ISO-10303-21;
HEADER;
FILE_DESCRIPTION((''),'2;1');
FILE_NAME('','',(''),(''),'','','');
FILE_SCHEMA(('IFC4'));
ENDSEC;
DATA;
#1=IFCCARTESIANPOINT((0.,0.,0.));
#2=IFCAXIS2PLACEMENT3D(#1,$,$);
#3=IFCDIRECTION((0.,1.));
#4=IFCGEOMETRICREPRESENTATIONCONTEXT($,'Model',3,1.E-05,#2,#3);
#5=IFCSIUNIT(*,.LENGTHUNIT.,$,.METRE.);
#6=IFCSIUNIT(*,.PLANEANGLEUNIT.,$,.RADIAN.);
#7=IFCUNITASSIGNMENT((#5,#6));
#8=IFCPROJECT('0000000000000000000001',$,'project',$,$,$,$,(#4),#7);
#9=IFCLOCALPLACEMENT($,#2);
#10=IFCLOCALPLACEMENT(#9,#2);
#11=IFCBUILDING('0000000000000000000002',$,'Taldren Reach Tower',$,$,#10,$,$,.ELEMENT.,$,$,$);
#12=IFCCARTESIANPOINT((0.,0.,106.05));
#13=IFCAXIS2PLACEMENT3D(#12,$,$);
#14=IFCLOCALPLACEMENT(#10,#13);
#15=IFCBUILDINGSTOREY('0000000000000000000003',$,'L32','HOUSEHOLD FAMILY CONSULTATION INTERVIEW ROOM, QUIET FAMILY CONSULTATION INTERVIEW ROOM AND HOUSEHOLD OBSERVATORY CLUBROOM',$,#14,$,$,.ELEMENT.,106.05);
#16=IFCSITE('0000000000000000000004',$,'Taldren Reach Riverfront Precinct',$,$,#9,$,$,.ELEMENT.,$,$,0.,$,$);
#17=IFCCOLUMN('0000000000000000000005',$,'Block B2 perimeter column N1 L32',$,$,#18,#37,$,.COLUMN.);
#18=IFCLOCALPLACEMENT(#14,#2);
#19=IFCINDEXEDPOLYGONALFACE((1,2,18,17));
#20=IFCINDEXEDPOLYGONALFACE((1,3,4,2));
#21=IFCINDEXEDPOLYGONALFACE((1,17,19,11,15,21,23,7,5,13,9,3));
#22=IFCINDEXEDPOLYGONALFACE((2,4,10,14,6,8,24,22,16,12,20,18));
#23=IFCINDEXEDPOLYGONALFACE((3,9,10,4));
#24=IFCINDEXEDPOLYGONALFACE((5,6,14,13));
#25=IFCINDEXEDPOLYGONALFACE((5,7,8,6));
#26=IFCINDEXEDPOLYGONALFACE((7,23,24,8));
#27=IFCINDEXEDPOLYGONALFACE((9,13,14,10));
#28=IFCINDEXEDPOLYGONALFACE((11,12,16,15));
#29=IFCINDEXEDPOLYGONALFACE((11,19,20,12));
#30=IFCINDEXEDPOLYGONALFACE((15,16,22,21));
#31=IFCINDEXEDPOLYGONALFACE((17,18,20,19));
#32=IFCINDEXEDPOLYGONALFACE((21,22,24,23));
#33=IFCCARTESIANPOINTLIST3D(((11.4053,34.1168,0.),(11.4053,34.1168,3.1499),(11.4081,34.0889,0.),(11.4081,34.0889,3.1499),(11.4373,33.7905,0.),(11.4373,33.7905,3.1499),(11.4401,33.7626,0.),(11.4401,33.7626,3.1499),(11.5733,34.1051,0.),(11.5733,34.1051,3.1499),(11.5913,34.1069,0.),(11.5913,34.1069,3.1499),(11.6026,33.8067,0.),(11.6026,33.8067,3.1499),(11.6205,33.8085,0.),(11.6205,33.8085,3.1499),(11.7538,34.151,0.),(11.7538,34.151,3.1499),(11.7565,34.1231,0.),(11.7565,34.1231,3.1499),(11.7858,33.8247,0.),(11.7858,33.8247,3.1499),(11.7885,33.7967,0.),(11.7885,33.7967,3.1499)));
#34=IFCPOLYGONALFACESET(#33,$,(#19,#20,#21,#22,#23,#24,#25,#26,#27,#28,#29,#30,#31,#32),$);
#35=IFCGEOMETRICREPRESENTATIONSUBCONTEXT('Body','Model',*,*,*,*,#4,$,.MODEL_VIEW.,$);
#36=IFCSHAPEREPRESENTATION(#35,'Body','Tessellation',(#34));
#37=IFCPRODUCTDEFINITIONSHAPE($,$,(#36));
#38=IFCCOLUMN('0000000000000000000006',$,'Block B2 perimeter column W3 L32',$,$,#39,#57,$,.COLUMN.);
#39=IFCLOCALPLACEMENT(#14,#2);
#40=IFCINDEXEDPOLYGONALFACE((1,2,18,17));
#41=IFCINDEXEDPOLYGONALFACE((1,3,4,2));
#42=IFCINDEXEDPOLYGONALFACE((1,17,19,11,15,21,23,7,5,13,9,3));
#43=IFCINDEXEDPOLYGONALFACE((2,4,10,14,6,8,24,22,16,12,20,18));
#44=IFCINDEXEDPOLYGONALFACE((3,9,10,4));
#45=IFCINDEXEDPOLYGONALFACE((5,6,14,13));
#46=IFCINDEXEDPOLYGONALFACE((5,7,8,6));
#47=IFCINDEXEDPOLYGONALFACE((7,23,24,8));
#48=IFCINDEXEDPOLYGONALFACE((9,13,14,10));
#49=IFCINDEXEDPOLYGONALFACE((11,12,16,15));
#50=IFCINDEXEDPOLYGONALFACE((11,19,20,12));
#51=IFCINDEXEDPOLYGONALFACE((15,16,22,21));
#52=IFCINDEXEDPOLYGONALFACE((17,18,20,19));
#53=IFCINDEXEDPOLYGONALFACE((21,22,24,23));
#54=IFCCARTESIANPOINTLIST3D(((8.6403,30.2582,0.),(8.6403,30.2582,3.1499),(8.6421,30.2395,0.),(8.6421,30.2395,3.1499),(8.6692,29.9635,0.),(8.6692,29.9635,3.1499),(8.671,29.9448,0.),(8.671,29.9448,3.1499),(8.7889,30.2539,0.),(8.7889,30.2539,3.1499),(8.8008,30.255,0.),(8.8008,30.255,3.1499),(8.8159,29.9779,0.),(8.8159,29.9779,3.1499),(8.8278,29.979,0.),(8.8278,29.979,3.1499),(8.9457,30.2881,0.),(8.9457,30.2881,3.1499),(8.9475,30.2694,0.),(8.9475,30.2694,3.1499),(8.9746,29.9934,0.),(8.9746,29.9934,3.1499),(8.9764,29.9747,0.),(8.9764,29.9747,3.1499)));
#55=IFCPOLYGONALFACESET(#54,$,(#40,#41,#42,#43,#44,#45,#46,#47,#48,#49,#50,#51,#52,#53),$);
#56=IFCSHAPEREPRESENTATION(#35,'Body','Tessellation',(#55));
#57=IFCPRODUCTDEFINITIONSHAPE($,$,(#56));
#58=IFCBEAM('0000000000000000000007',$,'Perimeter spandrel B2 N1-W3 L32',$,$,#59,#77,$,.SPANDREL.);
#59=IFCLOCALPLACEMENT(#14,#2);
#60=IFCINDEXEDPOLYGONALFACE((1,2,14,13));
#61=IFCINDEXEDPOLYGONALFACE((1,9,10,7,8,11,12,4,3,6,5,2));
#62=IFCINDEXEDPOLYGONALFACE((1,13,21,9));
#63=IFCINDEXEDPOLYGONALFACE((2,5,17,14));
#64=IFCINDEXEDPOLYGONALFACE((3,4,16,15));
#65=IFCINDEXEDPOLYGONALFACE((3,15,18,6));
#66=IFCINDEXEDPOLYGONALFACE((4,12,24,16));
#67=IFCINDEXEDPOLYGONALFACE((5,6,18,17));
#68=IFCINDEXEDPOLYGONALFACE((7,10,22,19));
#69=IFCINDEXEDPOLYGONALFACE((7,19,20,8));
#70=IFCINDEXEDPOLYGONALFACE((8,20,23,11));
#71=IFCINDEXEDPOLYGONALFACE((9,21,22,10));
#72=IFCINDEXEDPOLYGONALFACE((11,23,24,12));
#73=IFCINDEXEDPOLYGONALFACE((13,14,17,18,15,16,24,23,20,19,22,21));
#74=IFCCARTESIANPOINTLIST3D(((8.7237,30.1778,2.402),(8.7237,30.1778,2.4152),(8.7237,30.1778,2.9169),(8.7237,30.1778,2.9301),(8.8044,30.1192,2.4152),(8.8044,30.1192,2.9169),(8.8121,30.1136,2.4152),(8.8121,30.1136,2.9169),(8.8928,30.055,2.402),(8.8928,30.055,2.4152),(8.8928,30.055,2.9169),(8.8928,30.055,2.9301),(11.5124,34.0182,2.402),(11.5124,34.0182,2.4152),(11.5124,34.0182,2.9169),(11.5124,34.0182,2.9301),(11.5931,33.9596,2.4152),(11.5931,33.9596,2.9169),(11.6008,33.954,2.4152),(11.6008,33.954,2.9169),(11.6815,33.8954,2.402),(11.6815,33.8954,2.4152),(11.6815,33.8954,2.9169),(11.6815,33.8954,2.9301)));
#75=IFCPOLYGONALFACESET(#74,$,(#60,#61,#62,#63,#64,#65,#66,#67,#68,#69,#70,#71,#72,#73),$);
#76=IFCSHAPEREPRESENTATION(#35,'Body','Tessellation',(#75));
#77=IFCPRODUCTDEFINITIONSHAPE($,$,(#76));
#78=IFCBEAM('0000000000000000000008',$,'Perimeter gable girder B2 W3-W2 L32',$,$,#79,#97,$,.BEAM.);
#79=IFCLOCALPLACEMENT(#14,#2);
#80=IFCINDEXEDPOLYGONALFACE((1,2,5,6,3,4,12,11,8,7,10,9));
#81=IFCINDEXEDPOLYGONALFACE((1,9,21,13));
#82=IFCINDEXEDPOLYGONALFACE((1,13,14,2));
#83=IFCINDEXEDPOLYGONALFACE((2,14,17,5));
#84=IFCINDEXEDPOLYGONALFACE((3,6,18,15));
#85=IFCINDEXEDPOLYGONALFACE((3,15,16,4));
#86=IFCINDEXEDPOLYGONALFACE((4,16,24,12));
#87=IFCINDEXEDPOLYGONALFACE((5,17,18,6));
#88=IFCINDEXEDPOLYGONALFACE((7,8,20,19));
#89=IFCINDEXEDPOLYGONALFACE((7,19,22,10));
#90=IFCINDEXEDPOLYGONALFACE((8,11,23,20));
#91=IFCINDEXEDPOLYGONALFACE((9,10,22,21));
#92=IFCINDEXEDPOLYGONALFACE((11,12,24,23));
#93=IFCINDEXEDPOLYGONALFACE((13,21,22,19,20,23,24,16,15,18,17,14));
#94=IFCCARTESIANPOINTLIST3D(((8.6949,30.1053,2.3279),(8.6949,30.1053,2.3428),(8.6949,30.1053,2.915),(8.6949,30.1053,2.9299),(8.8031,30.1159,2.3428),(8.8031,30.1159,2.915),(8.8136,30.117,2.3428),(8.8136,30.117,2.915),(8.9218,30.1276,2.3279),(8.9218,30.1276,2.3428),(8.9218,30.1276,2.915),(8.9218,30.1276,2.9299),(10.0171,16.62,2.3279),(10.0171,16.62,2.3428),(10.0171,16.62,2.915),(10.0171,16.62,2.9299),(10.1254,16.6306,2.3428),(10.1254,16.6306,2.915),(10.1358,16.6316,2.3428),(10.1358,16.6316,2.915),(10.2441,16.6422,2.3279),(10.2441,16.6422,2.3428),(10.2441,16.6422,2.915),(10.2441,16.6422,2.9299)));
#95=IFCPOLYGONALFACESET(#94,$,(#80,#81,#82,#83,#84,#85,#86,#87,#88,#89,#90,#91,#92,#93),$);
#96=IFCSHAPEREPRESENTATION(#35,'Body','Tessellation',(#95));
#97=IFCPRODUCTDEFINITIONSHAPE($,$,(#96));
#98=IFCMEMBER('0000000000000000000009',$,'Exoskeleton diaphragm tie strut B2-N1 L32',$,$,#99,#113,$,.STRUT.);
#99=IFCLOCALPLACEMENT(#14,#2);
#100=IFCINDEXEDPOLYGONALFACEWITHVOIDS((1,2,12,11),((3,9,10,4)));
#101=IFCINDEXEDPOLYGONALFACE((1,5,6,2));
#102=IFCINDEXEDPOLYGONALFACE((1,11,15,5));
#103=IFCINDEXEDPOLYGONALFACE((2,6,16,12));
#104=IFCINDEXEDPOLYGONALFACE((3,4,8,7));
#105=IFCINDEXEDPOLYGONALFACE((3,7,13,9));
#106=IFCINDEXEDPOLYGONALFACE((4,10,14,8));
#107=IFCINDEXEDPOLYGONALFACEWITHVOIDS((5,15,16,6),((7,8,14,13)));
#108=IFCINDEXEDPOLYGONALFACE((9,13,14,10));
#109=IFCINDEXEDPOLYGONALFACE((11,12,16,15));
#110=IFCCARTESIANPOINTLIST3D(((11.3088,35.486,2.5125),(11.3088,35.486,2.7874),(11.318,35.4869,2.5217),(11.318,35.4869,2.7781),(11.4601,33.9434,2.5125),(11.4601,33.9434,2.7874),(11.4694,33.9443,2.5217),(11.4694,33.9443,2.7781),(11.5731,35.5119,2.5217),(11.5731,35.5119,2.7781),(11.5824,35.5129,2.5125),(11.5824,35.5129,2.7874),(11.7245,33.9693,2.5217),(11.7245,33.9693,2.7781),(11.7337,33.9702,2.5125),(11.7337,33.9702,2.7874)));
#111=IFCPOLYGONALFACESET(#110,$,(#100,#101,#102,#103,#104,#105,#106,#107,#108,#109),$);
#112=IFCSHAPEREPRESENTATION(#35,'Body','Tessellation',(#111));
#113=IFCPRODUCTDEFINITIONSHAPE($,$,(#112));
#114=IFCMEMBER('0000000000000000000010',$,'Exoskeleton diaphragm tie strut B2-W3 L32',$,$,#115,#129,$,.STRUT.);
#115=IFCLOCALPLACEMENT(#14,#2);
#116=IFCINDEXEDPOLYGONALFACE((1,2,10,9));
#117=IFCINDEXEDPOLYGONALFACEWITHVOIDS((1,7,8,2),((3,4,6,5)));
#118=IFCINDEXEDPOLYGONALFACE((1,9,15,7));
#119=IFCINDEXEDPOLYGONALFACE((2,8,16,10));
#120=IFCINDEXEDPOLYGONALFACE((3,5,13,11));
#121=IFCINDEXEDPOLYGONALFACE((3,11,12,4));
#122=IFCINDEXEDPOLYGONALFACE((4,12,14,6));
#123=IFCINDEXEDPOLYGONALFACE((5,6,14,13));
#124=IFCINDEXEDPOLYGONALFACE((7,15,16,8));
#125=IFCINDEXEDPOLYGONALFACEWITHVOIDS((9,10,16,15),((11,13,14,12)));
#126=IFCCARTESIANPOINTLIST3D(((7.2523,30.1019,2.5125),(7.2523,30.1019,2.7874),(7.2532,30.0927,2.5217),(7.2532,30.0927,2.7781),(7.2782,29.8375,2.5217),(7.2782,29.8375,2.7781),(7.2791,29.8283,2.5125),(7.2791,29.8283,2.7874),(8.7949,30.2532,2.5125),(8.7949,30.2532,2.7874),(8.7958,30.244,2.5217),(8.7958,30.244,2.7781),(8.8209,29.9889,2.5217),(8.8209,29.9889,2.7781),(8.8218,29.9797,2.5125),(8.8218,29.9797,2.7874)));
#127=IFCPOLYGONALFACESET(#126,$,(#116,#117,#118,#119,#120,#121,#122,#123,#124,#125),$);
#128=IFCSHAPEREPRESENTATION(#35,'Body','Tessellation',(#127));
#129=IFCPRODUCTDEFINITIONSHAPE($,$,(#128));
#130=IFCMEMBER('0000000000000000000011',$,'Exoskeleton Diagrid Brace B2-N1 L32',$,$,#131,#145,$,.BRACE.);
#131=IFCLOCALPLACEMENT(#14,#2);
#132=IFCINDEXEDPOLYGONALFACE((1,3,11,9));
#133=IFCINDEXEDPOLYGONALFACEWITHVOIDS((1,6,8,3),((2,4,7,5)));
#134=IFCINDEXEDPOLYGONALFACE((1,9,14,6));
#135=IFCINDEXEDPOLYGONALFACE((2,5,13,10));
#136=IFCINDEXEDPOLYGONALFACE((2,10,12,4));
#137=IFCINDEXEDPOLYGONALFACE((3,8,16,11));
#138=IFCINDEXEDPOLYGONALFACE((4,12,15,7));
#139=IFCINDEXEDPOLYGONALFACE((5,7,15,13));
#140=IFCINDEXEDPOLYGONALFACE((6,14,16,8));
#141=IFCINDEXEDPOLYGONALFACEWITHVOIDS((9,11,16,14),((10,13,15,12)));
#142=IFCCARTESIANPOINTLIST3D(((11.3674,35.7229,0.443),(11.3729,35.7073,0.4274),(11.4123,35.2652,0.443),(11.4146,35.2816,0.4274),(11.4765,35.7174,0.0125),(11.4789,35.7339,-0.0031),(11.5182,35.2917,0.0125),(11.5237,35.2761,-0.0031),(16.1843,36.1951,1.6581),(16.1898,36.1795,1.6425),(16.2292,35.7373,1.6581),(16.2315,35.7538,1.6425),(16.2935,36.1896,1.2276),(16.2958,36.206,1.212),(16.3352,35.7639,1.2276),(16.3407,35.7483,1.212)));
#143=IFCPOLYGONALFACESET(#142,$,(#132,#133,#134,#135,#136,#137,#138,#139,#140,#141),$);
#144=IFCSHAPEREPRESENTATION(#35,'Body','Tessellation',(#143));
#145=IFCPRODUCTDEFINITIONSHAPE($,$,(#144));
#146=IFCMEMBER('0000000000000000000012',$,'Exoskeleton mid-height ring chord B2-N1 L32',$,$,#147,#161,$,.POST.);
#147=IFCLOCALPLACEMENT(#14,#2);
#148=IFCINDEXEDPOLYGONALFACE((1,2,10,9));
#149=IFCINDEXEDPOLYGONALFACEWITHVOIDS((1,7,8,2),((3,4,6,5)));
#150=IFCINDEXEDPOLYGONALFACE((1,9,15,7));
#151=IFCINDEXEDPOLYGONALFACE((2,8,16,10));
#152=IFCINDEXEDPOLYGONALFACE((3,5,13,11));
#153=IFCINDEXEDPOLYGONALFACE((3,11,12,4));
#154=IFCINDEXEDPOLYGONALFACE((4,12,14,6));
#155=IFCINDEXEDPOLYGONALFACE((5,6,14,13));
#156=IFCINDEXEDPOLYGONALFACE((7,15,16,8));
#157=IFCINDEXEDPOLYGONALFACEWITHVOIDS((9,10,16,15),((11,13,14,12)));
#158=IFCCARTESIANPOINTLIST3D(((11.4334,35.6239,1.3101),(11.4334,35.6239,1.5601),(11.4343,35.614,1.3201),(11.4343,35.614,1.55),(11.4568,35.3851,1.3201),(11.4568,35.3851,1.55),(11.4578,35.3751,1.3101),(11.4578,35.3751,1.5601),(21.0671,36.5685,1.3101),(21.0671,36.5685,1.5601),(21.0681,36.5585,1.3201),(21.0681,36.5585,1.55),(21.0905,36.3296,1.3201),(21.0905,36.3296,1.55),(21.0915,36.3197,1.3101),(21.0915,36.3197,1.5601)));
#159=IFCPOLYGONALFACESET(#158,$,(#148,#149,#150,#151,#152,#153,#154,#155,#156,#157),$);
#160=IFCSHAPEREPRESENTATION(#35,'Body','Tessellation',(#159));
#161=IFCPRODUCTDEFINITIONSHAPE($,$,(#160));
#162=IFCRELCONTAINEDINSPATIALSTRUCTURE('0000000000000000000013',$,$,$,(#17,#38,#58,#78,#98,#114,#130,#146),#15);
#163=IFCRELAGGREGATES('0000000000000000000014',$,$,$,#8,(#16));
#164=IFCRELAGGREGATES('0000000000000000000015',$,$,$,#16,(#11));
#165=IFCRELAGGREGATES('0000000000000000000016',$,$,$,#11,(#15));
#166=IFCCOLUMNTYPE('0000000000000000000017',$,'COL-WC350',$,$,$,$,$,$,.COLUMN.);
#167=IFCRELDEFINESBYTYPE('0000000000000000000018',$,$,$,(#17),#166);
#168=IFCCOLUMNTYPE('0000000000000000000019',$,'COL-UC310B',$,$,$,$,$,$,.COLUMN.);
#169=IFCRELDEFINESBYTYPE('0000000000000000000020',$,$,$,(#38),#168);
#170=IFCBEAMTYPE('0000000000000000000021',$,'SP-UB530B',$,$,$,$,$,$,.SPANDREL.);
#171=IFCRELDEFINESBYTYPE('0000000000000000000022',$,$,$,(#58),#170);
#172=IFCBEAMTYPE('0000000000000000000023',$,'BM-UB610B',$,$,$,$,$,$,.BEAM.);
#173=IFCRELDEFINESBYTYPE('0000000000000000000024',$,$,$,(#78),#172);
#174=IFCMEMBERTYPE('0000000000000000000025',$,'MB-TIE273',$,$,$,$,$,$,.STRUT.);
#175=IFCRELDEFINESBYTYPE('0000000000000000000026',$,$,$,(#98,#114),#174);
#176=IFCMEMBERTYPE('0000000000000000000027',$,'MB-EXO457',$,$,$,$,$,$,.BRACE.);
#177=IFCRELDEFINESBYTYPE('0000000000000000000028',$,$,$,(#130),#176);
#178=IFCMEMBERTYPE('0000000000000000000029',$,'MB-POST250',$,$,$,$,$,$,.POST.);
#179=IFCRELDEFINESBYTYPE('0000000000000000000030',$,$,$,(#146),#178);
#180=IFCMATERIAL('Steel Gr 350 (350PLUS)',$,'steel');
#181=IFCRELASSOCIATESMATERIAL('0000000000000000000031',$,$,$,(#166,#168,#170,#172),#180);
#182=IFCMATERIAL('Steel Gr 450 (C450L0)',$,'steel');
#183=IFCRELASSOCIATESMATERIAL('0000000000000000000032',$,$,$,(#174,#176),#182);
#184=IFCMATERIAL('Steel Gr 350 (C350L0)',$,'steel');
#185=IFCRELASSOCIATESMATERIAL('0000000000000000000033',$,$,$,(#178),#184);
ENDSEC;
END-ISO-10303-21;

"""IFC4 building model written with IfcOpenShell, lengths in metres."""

from ifc_helpers import new_model, si_unit, direction, frame, origin, origin_2d, place, context, subcontext, project, spatial, hollow_rectangle, i_section, extrude, source, transform, mapped, material, material_profile, profile_set, type_object, element, save


model = new_model("IFC4")

# Units and contexts
model_context = context("Model", 3, precision=1e-05, world=origin(), true_north=direction((0.0, 1.0)))
body_context = subcontext(model_context, "Body", "Model", "MODEL_VIEW")
ifc_project = project(units=[si_unit("LENGTHUNIT", "METRE"), si_unit("PLANEANGLEUNIT", "RADIAN")], contexts=[model_context])

# Site, building, storey
site_placement = place(None, origin())
site = spatial("IfcSite", under=ifc_project, at=site_placement, Name="Taldren Reach Riverfront Precinct", CompositionType="ELEMENT", RefElevation=0.0)
building_placement = place(site_placement, origin())
building = spatial("IfcBuilding", under=site, at=building_placement, Name="Taldren Reach Tower", CompositionType="ELEMENT")
storey_placement = place(building_placement, frame((0.0, 0.0, 106.05)))
storey = spatial("IfcBuildingStorey", under=building, at=storey_placement, Name="L32", Description="HOUSEHOLD FAMILY CONSULTATION INTERVIEW ROOM, QUIET FAMILY CONSULTATION INTERVIEW ROOM AND HOUSEHOLD OBSERVATORY CLUBROOM", CompositionType="ELEMENT", Elevation=106.05)

# Columns
ifc_material_1 = material(Name="Steel Gr 350 (350PLUS)", Category="steel")
ifc_material_profile_1 = material_profile(ifc_material_1, i_section(OverallWidth=0.3501, OverallDepth=0.356, WebThickness=0.0181, FlangeThickness=0.0281, at=origin_2d()), Name="350WC197")
ifc_profile_set_1 = profile_set([ifc_material_profile_1], Name="Steel Gr 350 (350PLUS)")
column_type_1 = type_object("IfcColumnType", Name="COL-WC350", PredefinedType="COLUMN", material=ifc_profile_set_1)
shared_shape_1 = source(origin(), body_context, "Body", "SweptSolid", [
    extrude(i_section(OverallWidth=0.3501, OverallDepth=0.356, WebThickness=0.0181, FlangeThickness=0.0281, at=origin_2d()), origin(), (0.0, 0.0, 1.0), 3.1499),
])
column_1_placement = place(storey_placement, frame((11.5969, 33.9568, 0.0), z_axis=(0.0, 0.0, 1.0), x_axis=(0.995227, 0.097583, 0.0)))
element("IfcColumn", 1, at=column_1_placement, inside=storey, type_object=column_type_1, Name="Block B2 perimeter column N1 L32", PredefinedType="COLUMN", context=body_context, shape_type="MappedRepresentation", body=[
    mapped(shared_shape_1, transform((0.0, 0.0, 0.0), scale=1.0)),
])
ifc_material_profile_2 = material_profile(ifc_material_1, i_section(OverallWidth=0.3069, OverallDepth=0.3149, WebThickness=0.012, FlangeThickness=0.0188, at=origin_2d()), Name="310UC118")
ifc_profile_set_2 = profile_set([ifc_material_profile_2], Name="Steel Gr 350 (350PLUS)")
column_type_2 = type_object("IfcColumnType", Name="COL-UC310B", PredefinedType="COLUMN", material=ifc_profile_set_2)
shared_shape_2 = source(origin(), body_context, "Body", "SweptSolid", [
    extrude(i_section(OverallWidth=0.3069, OverallDepth=0.3149, WebThickness=0.012, FlangeThickness=0.0188, at=origin_2d()), origin(), (0.0, 0.0, 1.0), 3.1499),
])
column_2_placement = place(storey_placement, frame((8.8083, 30.1165, 0.0), z_axis=(0.0, 0.0, 1.0), x_axis=(0.995227, 0.097583, 0.0)))
element("IfcColumn", 2, at=column_2_placement, inside=storey, type_object=column_type_2, Name="Block B2 perimeter column W3 L32", PredefinedType="COLUMN", context=body_context, shape_type="MappedRepresentation", body=[
    mapped(shared_shape_2, transform((0.0, 0.0, 0.0), scale=1.0)),
])

# Beams
ifc_material_profile_3 = material_profile(ifc_material_1, i_section(OverallWidth=0.209, OverallDepth=0.5281, WebThickness=0.0095, FlangeThickness=0.0132, at=origin_2d()), Name="530UB82.0")
ifc_profile_set_3 = profile_set([ifc_material_profile_3], Name="Steel Gr 350 (350PLUS)")
beam_type_1 = type_object("IfcBeamType", Name="SP-UB530B", PredefinedType="SPANDREL", material=ifc_profile_set_3)
shared_shape_3 = source(origin(), body_context, "Body", "SweptSolid", [
    extrude(i_section(OverallWidth=0.209, OverallDepth=0.5281, WebThickness=0.0095, FlangeThickness=0.0132, at=origin_2d()), origin(), (0.0, 0.0, 1.0), 4.7461),
])
beam_1_placement = place(storey_placement, frame((11.5969, 33.9568, 2.666), z_axis=(-0.587566, -0.809176, 0.0), x_axis=(0.809176, -0.587566, 0.0)))
element("IfcBeam", 3, at=beam_1_placement, inside=storey, type_object=beam_type_1, Name="Perimeter spandrel B2 N1-W3 L32", PredefinedType="SPANDREL", context=body_context, shape_type="MappedRepresentation", body=[
    mapped(shared_shape_3, transform((0.0, 0.0, 0.0), scale=1.0)),
])
ifc_material_profile_4 = material_profile(ifc_material_1, i_section(OverallWidth=0.228, OverallDepth=0.6021, WebThickness=0.0105, FlangeThickness=0.0149, at=origin_2d()), Name="610UB101")
ifc_profile_set_4 = profile_set([ifc_material_profile_4], Name="Steel Gr 350 (350PLUS)")
beam_type_2 = type_object("IfcBeamType", Name="BM-UB610B", PredefinedType="BEAM", material=ifc_profile_set_4)
shared_shape_4 = source(origin(), body_context, "Body", "SweptSolid", [
    extrude(i_section(OverallWidth=0.228, OverallDepth=0.6021, WebThickness=0.0105, FlangeThickness=0.0149, at=origin_2d()), origin(), (0.0, 0.0, 1.0), 13.55),
])
beam_2_placement = place(storey_placement, frame((8.8083, 30.1165, 2.6289), z_axis=(0.097584, -0.995227, 0.0), x_axis=(0.995227, 0.097584, 0.0)))
element("IfcBeam", 4, at=beam_2_placement, inside=storey, type_object=beam_type_2, Name="Perimeter gable girder B2 W3-W2 L32", PredefinedType="BEAM", context=body_context, shape_type="MappedRepresentation", body=[
    mapped(shared_shape_4, transform((0.0, 0.0, 0.0), scale=1.0)),
])

# Members
ifc_material_2 = material(Name="Steel Gr 450 (C450L0)", Category="steel")
ifc_material_profile_5 = material_profile(ifc_material_2, hollow_rectangle(XDim=0.2749, YDim=0.2749, WallThickness=0.0093, at=origin_2d()), Name="275x275x9.3SHS")
ifc_profile_set_5 = profile_set([ifc_material_profile_5], Name="Steel Gr 450 (C450L0)")
member_type_1 = type_object("IfcMemberType", Name="MB-TIE273", PredefinedType="STRUT", material=ifc_profile_set_5)
shared_shape_5 = source(origin(), body_context, "Body", "SweptSolid", [
    extrude(hollow_rectangle(XDim=0.2749, YDim=0.2749, WallThickness=0.0093, at=origin_2d()), origin(), (0.0, 0.0, 1.0), 1.55),
])
for number, where, z_axis, x_axis, name in (
    (5, (11.5969, 33.9568, 2.6499), (-0.097648, 0.995221, 0.0), (-0.995221, -0.097648, 0.0), "Exoskeleton diaphragm tie strut B2-N1 L32"),
    (6, (8.8083, 30.1165, 2.6499), (-0.995221, -0.097648, 0.0), (0.097648, -0.995221, 0.0), "Exoskeleton diaphragm tie strut B2-W3 L32"),
):
    element("IfcMember", number, at=place(storey_placement, frame(where, z_axis=z_axis, x_axis=x_axis)), inside=storey, type_object=member_type_1, Name=name, PredefinedType="STRUT", context=body_context, shape_type="MappedRepresentation", body=[
        mapped(shared_shape_5, transform((0.0, 0.0, 0.0), scale=1.0)),
    ])
ifc_material_profile_6 = material_profile(ifc_material_2, hollow_rectangle(XDim=0.46, YDim=0.46, WallThickness=0.0161, at=origin_2d()), Name="460x460x16.0SHS")
ifc_profile_set_6 = profile_set([ifc_material_profile_6], Name="Steel Gr 450 (C450L0)")
member_type_2 = type_object("IfcMemberType", Name="MB-EXO457", PredefinedType="BRACE", material=ifc_profile_set_6)
shared_shape_6 = source(origin(), body_context, "Body", "SweptSolid", [
    extrude(hollow_rectangle(XDim=0.46, YDim=0.46, WallThickness=0.0161, at=origin_2d()), origin(), (0.0, 0.0, 1.0), 4.9902),
])
member_1_placement = place(storey_placement, frame((11.4456, 35.4995, 0.22), z_axis=(0.965276, 0.09462, 0.243496), x_axis=(-0.097556, 0.99523, 0.0)))
element("IfcMember", 7, at=member_1_placement, inside=storey, type_object=member_type_2, Name="Exoskeleton Diagrid Brace B2-N1 L32", PredefinedType="BRACE", context=body_context, shape_type="MappedRepresentation", body=[
    mapped(shared_shape_6, transform((0.0, 0.0, 0.0), scale=1.0)),
])
ifc_material_3 = material(Name="Steel Gr 350 (C350L0)", Category="steel")
ifc_material_profile_7 = material_profile(ifc_material_3, hollow_rectangle(XDim=0.25, YDim=0.25, WallThickness=0.01, at=origin_2d()), Name="250x250x10.0SHS")
ifc_profile_set_7 = profile_set([ifc_material_profile_7], Name="Steel Gr 350 (C350L0)")
member_type_3 = type_object("IfcMemberType", Name="MB-POST250", PredefinedType="POST", material=ifc_profile_set_7)
shared_shape_7 = source(origin(), body_context, "Body", "SweptSolid", [
    extrude(hollow_rectangle(XDim=0.25, YDim=0.25, WallThickness=0.01, at=origin_2d()), origin(), (0.0, 0.0, 1.0), 9.6799),
])
member_2_placement = place(storey_placement, frame((11.4456, 35.4995, 1.4351), z_axis=(0.995228, 0.097581, 0.0), x_axis=(-0.097581, 0.995228, 0.0)))
element("IfcMember", 8, at=member_2_placement, inside=storey, type_object=member_type_3, Name="Exoskeleton mid-height ring chord B2-N1 L32", PredefinedType="POST", context=body_context, shape_type="MappedRepresentation", body=[
    mapped(shared_shape_7, transform((0.0, 0.0, 0.0), scale=1.0)),
])

save(model, "model.ifc")
